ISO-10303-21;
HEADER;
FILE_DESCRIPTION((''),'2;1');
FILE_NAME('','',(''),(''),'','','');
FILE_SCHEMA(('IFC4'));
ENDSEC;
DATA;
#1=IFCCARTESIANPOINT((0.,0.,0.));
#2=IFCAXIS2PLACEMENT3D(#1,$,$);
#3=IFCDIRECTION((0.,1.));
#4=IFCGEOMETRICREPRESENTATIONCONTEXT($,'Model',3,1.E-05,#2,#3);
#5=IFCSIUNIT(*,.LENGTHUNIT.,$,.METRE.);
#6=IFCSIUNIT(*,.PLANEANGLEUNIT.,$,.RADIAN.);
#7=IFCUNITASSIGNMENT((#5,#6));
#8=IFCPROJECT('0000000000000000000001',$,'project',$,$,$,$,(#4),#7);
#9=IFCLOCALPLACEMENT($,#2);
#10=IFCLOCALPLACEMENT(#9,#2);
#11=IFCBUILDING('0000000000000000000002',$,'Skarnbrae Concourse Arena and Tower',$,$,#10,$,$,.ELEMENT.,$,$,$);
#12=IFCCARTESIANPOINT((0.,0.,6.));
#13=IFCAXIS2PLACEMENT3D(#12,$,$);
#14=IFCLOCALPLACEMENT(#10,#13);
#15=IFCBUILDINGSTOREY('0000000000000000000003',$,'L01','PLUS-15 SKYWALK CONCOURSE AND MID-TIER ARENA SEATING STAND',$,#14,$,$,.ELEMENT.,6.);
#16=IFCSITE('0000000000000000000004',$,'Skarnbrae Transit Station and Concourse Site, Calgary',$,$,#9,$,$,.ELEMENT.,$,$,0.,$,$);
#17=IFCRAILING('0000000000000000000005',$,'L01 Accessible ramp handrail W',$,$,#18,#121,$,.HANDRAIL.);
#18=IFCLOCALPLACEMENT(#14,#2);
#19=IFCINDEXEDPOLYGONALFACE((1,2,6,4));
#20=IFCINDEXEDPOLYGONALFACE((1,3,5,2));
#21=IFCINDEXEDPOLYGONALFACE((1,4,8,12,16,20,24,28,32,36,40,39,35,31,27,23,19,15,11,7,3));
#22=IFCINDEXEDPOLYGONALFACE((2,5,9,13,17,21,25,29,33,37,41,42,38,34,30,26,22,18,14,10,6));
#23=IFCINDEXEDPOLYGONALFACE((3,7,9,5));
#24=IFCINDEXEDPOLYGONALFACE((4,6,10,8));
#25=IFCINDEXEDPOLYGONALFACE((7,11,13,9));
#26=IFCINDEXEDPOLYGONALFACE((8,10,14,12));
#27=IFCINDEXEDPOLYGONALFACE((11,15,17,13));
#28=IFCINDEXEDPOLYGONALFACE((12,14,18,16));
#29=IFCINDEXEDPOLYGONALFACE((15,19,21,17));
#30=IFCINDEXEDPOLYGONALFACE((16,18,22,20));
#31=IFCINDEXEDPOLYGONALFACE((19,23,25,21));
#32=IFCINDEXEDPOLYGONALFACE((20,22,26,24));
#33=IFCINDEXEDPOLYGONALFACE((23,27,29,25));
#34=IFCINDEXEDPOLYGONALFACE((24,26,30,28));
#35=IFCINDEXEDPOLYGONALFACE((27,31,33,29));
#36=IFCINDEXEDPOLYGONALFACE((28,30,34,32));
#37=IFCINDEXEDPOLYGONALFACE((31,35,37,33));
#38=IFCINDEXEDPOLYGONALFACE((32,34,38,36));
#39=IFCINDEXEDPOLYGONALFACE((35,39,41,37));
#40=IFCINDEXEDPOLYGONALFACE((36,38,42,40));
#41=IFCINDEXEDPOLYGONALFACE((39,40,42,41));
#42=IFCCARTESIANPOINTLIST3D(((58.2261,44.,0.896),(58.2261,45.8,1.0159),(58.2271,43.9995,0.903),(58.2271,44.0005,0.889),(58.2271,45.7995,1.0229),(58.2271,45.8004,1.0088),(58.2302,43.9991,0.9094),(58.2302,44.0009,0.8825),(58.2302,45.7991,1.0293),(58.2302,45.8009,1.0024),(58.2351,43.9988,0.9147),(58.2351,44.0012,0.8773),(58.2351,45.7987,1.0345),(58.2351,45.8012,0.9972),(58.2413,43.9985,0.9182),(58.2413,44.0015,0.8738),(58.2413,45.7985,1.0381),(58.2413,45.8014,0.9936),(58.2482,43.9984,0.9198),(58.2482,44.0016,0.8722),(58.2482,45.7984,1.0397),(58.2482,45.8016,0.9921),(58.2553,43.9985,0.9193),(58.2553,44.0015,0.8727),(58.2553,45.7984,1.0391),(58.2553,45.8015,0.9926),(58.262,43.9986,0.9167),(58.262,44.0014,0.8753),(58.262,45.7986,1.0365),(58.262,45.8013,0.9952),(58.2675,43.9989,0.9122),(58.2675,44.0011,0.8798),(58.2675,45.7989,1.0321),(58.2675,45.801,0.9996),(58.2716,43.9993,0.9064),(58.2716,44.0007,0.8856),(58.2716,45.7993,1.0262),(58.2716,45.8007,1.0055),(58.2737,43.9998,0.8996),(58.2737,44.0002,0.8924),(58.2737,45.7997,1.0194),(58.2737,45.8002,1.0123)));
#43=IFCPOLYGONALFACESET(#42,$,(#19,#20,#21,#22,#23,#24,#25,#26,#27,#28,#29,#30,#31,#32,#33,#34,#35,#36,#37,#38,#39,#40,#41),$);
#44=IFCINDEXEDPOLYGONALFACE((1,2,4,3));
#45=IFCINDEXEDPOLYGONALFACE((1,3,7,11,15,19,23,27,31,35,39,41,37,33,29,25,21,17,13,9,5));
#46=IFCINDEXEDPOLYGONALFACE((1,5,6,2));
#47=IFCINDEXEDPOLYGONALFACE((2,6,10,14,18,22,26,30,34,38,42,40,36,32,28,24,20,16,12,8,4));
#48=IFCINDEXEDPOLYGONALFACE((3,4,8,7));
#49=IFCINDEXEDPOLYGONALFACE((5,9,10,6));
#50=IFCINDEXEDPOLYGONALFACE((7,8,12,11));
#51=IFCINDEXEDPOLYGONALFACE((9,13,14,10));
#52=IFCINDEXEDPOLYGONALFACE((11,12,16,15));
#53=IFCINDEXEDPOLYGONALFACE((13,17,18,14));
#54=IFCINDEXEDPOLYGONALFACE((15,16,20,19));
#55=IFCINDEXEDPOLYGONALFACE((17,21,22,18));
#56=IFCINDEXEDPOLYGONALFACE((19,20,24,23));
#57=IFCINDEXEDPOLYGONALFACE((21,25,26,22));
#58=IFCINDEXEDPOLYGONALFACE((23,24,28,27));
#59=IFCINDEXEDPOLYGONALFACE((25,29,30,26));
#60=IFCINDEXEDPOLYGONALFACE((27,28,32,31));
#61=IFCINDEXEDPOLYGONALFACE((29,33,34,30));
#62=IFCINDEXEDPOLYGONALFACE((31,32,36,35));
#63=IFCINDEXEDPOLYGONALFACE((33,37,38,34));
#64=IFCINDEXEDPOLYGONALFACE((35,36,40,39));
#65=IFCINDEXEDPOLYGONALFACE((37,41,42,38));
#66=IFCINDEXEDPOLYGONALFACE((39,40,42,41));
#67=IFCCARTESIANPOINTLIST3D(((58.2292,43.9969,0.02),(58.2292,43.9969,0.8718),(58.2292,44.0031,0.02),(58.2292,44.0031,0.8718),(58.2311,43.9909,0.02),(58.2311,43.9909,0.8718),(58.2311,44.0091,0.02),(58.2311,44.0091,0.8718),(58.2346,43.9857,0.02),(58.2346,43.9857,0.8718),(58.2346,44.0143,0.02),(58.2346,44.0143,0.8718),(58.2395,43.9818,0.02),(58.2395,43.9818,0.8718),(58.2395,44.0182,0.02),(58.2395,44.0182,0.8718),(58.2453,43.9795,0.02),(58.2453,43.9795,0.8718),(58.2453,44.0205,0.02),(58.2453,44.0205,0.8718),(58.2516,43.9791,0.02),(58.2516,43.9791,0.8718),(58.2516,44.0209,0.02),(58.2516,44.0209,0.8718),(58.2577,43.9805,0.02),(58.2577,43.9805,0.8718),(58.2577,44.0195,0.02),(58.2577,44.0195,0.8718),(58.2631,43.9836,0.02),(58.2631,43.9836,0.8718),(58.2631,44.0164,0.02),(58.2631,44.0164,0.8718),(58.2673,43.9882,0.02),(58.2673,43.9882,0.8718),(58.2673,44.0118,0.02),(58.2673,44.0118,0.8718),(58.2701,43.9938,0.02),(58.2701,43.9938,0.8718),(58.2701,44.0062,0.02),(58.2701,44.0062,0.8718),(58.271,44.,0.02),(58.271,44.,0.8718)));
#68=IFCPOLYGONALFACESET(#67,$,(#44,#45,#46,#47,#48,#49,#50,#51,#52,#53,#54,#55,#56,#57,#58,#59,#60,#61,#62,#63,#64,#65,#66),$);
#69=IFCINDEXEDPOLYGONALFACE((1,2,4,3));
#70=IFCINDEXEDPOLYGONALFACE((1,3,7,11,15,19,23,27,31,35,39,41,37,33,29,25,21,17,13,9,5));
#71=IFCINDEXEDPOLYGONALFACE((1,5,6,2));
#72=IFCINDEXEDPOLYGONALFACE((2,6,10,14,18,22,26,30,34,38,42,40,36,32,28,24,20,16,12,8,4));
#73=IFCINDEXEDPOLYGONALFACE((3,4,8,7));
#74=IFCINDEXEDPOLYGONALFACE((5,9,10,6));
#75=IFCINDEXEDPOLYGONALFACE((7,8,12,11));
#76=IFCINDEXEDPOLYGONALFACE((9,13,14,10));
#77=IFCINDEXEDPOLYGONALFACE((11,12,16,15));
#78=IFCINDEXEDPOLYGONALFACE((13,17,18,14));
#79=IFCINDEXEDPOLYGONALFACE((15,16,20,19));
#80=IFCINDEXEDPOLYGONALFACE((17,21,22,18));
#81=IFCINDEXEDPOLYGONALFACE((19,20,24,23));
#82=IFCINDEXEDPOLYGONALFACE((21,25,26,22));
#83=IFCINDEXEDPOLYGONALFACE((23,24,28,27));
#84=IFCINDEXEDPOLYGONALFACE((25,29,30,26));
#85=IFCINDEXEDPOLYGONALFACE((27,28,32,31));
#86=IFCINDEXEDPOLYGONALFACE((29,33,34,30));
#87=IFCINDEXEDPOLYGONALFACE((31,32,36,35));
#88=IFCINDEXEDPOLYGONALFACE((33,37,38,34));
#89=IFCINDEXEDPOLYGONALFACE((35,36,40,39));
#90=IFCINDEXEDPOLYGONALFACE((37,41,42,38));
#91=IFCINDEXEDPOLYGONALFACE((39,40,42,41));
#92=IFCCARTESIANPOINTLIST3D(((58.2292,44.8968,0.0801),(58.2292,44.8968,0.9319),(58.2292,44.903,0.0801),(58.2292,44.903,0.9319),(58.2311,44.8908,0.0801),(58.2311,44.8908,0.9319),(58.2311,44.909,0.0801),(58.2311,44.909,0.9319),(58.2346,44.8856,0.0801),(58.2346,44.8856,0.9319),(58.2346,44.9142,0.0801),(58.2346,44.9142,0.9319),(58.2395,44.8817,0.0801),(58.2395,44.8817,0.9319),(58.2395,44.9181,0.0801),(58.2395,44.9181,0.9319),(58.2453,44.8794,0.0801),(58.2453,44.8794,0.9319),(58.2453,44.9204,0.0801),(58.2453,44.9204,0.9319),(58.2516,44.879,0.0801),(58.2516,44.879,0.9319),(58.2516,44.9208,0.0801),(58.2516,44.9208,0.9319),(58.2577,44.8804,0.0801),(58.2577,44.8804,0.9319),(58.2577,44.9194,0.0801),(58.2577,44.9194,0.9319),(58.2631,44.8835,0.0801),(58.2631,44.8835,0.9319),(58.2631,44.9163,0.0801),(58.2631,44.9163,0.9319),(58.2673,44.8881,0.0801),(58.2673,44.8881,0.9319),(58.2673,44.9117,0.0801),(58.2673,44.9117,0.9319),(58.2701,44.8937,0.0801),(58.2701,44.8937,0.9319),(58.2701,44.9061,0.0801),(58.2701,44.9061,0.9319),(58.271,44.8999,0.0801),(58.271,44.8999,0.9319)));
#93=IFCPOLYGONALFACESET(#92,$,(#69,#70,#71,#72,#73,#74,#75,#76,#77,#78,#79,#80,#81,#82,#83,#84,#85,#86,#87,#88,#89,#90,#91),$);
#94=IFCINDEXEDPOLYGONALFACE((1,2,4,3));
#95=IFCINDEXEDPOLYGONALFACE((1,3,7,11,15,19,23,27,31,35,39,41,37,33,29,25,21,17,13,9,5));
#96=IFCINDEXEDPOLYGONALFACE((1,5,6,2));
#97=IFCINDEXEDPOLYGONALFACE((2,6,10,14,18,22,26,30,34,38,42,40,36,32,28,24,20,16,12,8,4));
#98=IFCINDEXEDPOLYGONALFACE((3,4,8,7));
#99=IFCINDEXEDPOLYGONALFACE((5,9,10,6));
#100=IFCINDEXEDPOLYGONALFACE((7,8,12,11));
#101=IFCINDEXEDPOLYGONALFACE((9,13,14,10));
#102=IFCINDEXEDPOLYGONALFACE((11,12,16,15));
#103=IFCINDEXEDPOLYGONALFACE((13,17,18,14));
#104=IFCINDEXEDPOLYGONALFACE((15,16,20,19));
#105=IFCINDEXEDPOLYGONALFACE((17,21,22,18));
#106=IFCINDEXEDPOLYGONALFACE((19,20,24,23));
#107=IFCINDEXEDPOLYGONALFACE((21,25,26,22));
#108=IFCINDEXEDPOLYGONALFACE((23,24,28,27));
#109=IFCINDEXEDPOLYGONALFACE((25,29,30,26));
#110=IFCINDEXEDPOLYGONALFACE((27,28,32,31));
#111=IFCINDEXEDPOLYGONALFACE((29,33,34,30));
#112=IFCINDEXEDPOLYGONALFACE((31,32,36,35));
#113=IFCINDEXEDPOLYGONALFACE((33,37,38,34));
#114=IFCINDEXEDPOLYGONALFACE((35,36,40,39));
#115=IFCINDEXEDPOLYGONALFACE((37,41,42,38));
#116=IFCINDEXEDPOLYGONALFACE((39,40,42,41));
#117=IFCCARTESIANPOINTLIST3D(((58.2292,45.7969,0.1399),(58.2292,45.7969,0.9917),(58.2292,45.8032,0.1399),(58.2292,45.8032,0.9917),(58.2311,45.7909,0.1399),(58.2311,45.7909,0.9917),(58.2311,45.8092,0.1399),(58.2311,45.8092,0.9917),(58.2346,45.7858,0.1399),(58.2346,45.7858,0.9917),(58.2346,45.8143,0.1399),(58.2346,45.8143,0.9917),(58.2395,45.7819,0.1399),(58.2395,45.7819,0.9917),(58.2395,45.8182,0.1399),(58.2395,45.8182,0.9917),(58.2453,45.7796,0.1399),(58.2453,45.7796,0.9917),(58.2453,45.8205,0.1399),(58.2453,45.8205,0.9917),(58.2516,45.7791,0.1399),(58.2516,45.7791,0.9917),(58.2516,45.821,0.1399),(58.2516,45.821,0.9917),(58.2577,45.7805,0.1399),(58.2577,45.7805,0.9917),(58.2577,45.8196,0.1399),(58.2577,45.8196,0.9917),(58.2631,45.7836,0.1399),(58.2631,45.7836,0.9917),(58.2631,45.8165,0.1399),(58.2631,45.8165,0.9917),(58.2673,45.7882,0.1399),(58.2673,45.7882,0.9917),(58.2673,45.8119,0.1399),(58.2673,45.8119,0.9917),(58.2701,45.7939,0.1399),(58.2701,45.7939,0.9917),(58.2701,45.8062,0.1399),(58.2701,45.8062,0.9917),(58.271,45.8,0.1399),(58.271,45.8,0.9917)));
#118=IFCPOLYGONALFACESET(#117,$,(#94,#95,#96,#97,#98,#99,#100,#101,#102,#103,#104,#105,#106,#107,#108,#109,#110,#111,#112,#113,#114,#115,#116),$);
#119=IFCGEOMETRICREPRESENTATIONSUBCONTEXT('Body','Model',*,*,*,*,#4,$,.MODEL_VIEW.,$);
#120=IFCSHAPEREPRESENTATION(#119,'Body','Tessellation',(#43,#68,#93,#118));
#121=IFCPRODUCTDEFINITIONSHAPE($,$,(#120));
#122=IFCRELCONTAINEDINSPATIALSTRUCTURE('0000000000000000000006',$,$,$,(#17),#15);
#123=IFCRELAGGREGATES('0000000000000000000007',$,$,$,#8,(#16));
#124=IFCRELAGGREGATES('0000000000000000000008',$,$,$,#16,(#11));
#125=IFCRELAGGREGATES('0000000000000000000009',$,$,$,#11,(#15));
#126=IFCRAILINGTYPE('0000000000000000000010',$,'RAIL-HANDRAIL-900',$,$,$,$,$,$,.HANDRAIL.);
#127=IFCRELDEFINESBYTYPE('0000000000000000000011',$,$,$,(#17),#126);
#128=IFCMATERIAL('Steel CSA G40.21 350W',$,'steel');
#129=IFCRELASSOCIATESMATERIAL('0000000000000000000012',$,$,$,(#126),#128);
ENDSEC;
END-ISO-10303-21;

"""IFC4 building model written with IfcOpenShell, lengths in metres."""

from ifc_helpers import new_model, si_unit, direction, frame, origin, origin_2d, place, context, subcontext, project, spatial, circle, extrude, material, type_object, element, save


model = new_model("IFC4")

# Units and contexts
model_context = context("Model", 3, precision=1e-05, world=origin(), true_north=direction((0.0, 1.0)))
body_context = subcontext(model_context, "Body", "Model", "MODEL_VIEW")
ifc_project = project(units=[si_unit("LENGTHUNIT", "METRE"), si_unit("PLANEANGLEUNIT", "RADIAN")], contexts=[model_context])

# Site, building, storey
site_placement = place(None, origin())
site = spatial("IfcSite", under=ifc_project, at=site_placement, Name="Skarnbrae Transit Station and Concourse Site, Calgary", CompositionType="ELEMENT", RefElevation=0.0)
building_placement = place(site_placement, origin())
building = spatial("IfcBuilding", under=site, at=building_placement, Name="Skarnbrae Concourse Arena and Tower", CompositionType="ELEMENT")
storey_placement = place(building_placement, frame((0.0, 0.0, 6.0)))
storey = spatial("IfcBuildingStorey", under=building, at=storey_placement, Name="L01", Description="PLUS-15 SKYWALK CONCOURSE AND MID-TIER ARENA SEATING STAND", CompositionType="ELEMENT", Elevation=6.0)

# Shared definitions
ifc_material_1 = material(Name="Steel CSA G40.21 350W", Category="steel")

# Railing
railing_type_1 = type_object("IfcRailingType", Name="RAIL-HANDRAIL-900", PredefinedType="HANDRAIL", material=ifc_material_1)
railing_1_placement = place(storey_placement, frame((58.25, 44.0, 0.02)))
element("IfcRailing", 1, at=railing_1_placement, inside=storey, type_object=railing_type_1, Name="L01 Accessible ramp handrail W", PredefinedType="HANDRAIL", context=body_context, shape_type="SweptSolid", body=[
    extrude(circle(Radius=0.0239, at=origin_2d()), frame((0.0, 0.0, 0.876), z_axis=(0.0, 0.99779, 0.066447), x_axis=(-1.0, 0.0, 0.0)), (0.0, 0.0, 1.0), 1.804),
    extrude(circle(Radius=0.021, at=origin_2d()), origin(), (0.0, 0.0, 1.0), 0.8518),
    extrude(circle(Radius=0.021, at=origin_2d()), frame((0.0, 0.8999, 0.0601)), (0.0, 0.0, 1.0), 0.8518),
    extrude(circle(Radius=0.021, at=origin_2d()), frame((0.0, 1.8, 0.1199)), (0.0, 0.0, 1.0), 0.8518),
])

save(model, "model.ifc")
